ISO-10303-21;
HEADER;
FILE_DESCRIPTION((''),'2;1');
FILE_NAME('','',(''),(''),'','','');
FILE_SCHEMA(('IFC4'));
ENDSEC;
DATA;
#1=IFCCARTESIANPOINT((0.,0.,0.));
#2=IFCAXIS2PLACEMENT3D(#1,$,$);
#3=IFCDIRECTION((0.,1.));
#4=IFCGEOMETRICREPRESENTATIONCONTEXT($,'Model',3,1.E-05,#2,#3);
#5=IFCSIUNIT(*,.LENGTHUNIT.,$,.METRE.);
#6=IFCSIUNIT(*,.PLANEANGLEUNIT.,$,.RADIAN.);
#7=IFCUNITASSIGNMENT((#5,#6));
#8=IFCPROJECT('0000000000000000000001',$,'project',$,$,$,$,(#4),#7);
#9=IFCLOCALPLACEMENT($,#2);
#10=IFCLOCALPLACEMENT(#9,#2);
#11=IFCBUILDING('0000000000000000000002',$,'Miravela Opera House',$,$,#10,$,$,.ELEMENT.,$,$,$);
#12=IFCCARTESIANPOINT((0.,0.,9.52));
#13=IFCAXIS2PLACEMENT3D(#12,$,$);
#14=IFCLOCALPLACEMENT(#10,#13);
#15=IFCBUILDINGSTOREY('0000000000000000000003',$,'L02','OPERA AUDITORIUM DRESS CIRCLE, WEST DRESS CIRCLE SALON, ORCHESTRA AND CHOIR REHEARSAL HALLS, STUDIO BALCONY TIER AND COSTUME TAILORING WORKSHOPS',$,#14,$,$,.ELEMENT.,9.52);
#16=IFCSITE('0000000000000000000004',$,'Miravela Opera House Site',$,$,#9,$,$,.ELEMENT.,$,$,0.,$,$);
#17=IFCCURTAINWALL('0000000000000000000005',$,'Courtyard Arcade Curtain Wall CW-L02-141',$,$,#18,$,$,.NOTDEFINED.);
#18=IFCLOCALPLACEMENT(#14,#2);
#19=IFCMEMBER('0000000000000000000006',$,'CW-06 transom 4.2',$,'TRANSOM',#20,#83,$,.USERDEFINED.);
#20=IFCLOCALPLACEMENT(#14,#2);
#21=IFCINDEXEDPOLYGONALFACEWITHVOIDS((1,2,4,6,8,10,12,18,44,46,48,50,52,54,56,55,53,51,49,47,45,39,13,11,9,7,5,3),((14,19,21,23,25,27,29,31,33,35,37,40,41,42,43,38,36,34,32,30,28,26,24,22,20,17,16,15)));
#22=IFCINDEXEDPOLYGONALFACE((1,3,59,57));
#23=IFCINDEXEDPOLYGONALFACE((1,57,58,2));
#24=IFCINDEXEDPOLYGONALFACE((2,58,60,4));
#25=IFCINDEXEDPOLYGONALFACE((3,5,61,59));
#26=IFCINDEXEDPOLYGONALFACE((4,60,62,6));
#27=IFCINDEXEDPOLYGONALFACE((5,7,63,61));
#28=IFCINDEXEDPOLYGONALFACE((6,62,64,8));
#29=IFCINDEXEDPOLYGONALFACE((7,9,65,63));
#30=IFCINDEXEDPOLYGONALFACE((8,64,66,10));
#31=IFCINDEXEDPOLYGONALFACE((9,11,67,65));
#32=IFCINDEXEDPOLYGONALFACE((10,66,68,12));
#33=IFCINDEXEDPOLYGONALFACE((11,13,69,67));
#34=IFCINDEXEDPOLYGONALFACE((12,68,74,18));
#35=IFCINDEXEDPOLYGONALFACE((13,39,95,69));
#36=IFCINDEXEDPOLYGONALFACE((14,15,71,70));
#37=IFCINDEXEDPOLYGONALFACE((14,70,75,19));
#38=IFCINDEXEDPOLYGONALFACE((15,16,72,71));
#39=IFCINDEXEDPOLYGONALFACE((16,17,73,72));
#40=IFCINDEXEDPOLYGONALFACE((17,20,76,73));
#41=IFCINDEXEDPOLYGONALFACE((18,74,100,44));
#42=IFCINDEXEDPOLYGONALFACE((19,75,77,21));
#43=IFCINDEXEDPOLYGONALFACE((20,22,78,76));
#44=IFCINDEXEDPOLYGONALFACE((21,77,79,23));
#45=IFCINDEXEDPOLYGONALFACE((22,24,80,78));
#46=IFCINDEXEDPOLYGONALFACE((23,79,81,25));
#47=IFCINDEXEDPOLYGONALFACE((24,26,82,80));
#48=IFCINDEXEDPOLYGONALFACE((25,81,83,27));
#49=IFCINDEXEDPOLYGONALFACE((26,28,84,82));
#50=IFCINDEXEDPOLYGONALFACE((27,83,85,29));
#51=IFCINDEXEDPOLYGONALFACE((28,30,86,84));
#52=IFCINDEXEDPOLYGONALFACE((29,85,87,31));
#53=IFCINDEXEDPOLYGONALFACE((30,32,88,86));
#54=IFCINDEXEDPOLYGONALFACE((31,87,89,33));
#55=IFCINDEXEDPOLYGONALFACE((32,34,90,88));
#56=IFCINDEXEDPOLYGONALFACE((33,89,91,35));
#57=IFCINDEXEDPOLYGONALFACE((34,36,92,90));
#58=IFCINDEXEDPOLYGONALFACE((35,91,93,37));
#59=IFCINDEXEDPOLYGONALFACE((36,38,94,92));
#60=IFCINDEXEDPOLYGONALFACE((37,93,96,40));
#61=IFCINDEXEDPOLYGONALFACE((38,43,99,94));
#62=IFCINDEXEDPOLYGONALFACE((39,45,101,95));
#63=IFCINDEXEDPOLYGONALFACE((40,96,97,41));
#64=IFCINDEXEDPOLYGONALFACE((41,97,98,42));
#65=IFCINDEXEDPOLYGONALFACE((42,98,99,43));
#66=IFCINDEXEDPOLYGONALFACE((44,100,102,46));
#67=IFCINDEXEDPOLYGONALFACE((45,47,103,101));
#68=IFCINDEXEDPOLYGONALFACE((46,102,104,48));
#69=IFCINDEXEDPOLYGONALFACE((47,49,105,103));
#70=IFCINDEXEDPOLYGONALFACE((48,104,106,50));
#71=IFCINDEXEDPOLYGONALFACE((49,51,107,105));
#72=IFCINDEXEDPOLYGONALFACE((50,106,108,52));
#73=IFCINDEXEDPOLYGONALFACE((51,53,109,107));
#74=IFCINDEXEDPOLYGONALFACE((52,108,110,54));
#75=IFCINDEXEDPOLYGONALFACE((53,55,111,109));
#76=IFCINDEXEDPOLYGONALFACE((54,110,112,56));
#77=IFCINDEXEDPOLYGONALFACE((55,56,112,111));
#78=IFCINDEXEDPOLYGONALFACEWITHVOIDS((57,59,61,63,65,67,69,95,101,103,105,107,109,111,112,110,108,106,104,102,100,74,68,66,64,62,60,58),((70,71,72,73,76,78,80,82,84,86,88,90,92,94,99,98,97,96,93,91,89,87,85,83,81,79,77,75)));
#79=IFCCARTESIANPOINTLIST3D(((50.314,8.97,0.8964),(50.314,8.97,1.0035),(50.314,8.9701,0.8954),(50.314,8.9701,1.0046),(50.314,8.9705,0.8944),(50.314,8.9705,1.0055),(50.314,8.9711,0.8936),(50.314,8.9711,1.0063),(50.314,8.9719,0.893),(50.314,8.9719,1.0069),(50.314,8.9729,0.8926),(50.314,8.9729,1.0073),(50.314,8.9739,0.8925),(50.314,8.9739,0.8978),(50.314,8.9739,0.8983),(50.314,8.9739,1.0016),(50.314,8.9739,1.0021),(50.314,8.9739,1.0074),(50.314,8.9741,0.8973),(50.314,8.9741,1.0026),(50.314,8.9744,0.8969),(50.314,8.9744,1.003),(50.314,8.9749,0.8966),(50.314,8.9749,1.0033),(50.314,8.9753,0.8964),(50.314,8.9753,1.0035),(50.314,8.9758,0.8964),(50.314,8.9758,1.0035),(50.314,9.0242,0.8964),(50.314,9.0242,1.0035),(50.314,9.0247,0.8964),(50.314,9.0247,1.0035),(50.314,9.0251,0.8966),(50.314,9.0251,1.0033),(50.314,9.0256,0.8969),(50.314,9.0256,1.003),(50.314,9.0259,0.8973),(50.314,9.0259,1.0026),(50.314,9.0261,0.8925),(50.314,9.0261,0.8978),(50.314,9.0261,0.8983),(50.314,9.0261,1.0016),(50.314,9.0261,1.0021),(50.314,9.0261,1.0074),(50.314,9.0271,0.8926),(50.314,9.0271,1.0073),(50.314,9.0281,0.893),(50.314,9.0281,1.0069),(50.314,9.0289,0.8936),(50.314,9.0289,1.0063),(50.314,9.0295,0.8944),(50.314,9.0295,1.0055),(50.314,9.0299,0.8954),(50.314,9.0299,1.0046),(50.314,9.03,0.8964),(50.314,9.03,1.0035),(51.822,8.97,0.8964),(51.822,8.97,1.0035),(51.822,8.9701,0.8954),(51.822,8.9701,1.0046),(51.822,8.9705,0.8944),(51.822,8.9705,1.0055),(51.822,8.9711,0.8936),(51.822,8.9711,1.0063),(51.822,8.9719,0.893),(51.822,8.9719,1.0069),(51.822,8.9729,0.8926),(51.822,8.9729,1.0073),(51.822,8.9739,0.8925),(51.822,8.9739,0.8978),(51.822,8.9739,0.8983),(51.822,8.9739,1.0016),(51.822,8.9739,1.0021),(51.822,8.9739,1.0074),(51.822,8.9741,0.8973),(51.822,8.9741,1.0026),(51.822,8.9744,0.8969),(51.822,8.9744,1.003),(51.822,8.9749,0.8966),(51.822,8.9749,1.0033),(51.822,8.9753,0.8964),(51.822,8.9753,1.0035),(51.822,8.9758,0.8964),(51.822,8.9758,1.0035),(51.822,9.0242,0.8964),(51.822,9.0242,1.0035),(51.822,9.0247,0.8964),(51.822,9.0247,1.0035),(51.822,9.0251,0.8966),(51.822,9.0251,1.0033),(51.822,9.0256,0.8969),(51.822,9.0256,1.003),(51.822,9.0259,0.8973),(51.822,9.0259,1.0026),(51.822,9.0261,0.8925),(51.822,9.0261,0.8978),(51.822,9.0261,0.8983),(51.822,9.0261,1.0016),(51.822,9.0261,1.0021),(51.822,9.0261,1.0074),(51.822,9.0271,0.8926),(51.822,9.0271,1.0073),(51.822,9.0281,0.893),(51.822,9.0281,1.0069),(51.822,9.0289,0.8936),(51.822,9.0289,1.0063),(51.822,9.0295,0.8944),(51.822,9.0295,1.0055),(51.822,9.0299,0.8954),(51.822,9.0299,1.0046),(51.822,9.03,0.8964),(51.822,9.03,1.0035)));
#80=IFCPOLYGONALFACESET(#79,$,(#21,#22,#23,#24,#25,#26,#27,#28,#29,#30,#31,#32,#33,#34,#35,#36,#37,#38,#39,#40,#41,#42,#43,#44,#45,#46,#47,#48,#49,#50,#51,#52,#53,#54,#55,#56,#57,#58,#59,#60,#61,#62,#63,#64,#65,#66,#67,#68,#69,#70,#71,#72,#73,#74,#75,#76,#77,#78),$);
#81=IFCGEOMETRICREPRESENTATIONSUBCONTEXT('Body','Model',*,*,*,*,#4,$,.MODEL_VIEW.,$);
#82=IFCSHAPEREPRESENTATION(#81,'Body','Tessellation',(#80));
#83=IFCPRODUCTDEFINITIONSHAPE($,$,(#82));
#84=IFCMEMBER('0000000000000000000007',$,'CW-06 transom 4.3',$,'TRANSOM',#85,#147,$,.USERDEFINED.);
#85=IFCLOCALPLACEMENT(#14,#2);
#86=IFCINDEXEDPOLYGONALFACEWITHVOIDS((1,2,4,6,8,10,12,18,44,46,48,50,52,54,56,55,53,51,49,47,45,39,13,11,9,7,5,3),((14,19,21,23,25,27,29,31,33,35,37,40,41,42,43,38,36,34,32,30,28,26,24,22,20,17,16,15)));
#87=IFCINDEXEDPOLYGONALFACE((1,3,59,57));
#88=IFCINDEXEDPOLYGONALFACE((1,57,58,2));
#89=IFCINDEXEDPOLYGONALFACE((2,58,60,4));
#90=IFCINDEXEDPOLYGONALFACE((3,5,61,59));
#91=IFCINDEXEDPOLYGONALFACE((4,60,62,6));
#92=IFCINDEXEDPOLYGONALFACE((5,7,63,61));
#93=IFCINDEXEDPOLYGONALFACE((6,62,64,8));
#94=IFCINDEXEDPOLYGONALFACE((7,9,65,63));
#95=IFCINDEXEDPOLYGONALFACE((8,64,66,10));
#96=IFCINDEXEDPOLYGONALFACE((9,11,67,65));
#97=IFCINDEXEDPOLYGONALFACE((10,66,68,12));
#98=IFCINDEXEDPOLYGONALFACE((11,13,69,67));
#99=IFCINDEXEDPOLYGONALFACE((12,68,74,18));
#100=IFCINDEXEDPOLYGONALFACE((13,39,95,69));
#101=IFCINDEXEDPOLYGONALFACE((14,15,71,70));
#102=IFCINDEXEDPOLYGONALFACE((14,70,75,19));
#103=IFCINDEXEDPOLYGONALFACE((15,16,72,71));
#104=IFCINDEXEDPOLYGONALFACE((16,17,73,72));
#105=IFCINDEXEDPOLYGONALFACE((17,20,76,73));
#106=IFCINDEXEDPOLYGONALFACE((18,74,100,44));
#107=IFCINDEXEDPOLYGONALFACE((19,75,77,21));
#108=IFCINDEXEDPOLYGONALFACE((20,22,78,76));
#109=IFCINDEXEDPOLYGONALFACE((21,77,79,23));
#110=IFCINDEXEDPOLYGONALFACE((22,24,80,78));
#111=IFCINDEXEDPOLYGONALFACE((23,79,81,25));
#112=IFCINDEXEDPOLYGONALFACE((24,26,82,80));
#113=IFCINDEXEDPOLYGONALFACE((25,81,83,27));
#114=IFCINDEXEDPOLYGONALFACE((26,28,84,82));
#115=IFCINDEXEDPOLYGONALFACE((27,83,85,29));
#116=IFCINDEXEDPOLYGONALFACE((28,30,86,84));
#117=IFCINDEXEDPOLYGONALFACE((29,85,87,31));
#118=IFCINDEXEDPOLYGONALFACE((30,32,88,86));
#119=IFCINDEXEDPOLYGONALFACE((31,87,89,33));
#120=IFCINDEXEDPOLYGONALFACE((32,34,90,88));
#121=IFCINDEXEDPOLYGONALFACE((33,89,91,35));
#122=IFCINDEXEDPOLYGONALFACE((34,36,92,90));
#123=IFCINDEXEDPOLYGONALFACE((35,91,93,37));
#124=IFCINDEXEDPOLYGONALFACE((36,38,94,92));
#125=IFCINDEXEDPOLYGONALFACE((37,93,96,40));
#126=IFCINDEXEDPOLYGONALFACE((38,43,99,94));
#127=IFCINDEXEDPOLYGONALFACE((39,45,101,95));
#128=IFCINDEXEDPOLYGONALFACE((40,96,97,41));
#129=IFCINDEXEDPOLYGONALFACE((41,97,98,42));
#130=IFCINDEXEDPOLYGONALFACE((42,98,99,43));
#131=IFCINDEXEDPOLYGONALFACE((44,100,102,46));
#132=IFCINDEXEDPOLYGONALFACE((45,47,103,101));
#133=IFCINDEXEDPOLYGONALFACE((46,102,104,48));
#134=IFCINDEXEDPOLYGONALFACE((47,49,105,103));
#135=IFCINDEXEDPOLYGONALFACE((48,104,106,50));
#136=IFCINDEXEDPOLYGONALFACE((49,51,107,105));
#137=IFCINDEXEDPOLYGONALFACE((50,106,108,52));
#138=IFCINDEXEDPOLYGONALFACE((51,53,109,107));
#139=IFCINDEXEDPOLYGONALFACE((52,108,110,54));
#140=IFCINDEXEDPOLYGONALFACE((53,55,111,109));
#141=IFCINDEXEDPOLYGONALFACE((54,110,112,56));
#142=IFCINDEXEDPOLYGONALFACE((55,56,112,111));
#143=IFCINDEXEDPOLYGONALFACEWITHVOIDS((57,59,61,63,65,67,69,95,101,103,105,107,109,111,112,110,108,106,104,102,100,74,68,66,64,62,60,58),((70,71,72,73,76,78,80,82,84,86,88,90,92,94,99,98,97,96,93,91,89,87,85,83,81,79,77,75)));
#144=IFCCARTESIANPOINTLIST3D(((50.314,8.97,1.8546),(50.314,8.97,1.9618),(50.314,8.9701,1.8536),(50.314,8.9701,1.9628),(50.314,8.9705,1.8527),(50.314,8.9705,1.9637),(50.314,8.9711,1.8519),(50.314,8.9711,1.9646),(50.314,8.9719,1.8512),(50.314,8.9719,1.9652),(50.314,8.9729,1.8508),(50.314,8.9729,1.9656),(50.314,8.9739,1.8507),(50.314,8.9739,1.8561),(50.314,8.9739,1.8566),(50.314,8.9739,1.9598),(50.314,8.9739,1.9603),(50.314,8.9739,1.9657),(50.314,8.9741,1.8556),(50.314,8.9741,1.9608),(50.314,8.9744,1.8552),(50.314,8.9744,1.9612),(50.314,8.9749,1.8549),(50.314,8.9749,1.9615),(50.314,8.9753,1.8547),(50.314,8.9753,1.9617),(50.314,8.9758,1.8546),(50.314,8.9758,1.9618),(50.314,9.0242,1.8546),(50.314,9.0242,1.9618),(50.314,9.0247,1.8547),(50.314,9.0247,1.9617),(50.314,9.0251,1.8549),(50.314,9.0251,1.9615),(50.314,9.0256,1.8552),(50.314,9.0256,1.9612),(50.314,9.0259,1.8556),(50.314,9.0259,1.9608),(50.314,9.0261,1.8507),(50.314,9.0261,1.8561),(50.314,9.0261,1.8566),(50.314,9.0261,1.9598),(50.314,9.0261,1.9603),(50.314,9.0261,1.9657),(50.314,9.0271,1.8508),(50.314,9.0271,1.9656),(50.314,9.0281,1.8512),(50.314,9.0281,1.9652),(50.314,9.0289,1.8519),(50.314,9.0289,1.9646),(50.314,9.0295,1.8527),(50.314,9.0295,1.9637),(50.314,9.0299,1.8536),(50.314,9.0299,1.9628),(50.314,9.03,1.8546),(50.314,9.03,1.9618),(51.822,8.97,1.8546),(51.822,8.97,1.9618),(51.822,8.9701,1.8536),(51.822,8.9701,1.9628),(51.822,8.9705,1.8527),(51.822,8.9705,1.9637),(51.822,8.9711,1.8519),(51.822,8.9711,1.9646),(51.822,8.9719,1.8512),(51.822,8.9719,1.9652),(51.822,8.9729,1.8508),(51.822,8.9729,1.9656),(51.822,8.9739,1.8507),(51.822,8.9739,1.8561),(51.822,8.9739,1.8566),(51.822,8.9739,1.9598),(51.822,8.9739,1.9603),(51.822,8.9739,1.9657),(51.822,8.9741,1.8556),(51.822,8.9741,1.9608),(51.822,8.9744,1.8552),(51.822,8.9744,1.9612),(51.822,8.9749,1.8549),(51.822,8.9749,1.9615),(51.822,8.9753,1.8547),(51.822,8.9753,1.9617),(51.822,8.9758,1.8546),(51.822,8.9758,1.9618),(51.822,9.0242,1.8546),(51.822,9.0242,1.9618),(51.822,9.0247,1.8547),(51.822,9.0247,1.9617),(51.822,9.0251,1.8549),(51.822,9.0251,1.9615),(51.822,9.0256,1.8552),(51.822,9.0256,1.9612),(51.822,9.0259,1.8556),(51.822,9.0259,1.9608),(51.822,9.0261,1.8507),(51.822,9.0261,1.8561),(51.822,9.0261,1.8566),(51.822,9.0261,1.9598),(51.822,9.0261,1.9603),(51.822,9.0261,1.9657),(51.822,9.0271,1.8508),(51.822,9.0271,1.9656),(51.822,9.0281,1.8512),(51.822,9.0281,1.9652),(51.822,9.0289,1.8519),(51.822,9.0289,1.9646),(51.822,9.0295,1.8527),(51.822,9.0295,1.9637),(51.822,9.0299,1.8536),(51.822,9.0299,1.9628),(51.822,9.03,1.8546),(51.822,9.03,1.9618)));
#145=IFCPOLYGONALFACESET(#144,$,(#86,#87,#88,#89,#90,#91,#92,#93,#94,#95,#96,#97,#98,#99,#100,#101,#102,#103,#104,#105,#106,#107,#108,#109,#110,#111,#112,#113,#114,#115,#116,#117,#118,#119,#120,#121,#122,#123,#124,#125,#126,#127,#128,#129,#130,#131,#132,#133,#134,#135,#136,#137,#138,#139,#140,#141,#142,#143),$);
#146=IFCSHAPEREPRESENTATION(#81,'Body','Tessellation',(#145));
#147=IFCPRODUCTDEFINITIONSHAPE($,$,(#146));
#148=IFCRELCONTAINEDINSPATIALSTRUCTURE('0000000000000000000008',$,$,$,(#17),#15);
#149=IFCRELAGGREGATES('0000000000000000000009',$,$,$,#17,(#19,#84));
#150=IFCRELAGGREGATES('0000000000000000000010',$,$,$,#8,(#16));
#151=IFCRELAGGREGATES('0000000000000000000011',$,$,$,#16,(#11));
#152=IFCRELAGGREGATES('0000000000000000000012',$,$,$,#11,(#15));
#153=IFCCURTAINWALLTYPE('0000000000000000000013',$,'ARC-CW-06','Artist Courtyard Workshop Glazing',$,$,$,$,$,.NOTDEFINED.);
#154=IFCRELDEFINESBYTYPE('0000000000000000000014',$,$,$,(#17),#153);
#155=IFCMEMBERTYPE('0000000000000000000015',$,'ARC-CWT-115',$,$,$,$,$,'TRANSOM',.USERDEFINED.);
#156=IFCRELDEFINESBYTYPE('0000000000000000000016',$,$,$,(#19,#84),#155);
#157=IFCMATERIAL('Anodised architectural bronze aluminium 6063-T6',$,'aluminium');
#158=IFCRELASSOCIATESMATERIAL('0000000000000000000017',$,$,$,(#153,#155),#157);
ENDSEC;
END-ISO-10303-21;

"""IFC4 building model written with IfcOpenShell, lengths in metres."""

from ifc_helpers import new_model, si_unit, direction, frame, origin, origin_2d, place, context, subcontext, project, spatial, hollow_rectangle, extrude, material, material_profile, profile_set, type_object, element, aggregate, save


model = new_model("IFC4")

# Units and contexts
model_context = context("Model", 3, precision=1e-05, world=origin(), true_north=direction((0.0, 1.0)))
body_context = subcontext(model_context, "Body", "Model", "MODEL_VIEW")
ifc_project = project(units=[si_unit("LENGTHUNIT", "METRE"), si_unit("PLANEANGLEUNIT", "RADIAN")], contexts=[model_context])

# Site, building, storey
site_placement = place(None, origin())
site = spatial("IfcSite", under=ifc_project, at=site_placement, Name="Miravela Opera House Site", CompositionType="ELEMENT", RefElevation=0.0)
building_placement = place(site_placement, origin())
building = spatial("IfcBuilding", under=site, at=building_placement, Name="Miravela Opera House", CompositionType="ELEMENT")
storey_placement = place(building_placement, frame((0.0, 0.0, 9.52)))
storey = spatial("IfcBuildingStorey", under=building, at=storey_placement, Name="L02", Description="OPERA AUDITORIUM DRESS CIRCLE, WEST DRESS CIRCLE SALON, ORCHESTRA AND CHOIR REHEARSAL HALLS, STUDIO BALCONY TIER AND COSTUME TAILORING WORKSHOPS", CompositionType="ELEMENT", Elevation=9.52)

# Curtain wall, members
ifc_material_1 = material(Name="Anodised architectural bronze aluminium 6063-T6", Category="aluminium")
curtain_wall_type = type_object("IfcCurtainWallType", Name="ARC-CW-06", Description="Artist Courtyard Workshop Glazing", PredefinedType="NOTDEFINED", material=ifc_material_1)
curtain_wall_placement = place(storey_placement, origin())
curtain_wall = element("IfcCurtainWall", 1, at=curtain_wall_placement, inside=storey, type_object=curtain_wall_type, Name="Courtyard Arcade Curtain Wall CW-L02-141", PredefinedType="NOTDEFINED")
ifc_material_profile_1 = material_profile(ifc_material_1, hollow_rectangle(XDim=0.0601, YDim=0.115, WallThickness=0.0039, InnerFilletRadius=0.002, OuterFilletRadius=0.0039, at=origin_2d()), Name="CWT-60X115")
ifc_profile_set_1 = profile_set([ifc_material_profile_1])
member_type_1 = type_object("IfcMemberType", Name="ARC-CWT-115", ElementType="TRANSOM", PredefinedType="USERDEFINED", material=ifc_profile_set_1)
member_1_placement = place(storey_placement, frame((50.314, 9.0, 0.95), z_axis=(1.0, 0.0, 0.0), x_axis=(0.0, 1.0, 0.0)))
member_1 = element("IfcMember", 2, at=member_1_placement, type_object=member_type_1, Name="CW-06 transom 4.2", ObjectType="TRANSOM", PredefinedType="USERDEFINED", context=body_context, shape_type="SweptSolid", body=[
    extrude(hollow_rectangle(XDim=0.0601, YDim=0.115, WallThickness=0.0039, InnerFilletRadius=0.002, OuterFilletRadius=0.0039, at=origin_2d()), origin(), (0.0, 0.0, 1.0), 1.5081),
])
member_2_placement = place(storey_placement, frame((50.314, 9.0, 1.9082), z_axis=(1.0, 0.0, 0.0), x_axis=(0.0, 1.0, 0.0)))
member_2 = element("IfcMember", 3, at=member_2_placement, type_object=member_type_1, Name="CW-06 transom 4.3", ObjectType="TRANSOM", PredefinedType="USERDEFINED", context=body_context, shape_type="SweptSolid", body=[
    extrude(hollow_rectangle(XDim=0.0601, YDim=0.115, WallThickness=0.0039, InnerFilletRadius=0.002, OuterFilletRadius=0.0039, at=origin_2d()), origin(), (0.0, 0.0, 1.0), 1.5081),
])
aggregate(curtain_wall, [member_1, member_2])

save(model, "model.ifc")
